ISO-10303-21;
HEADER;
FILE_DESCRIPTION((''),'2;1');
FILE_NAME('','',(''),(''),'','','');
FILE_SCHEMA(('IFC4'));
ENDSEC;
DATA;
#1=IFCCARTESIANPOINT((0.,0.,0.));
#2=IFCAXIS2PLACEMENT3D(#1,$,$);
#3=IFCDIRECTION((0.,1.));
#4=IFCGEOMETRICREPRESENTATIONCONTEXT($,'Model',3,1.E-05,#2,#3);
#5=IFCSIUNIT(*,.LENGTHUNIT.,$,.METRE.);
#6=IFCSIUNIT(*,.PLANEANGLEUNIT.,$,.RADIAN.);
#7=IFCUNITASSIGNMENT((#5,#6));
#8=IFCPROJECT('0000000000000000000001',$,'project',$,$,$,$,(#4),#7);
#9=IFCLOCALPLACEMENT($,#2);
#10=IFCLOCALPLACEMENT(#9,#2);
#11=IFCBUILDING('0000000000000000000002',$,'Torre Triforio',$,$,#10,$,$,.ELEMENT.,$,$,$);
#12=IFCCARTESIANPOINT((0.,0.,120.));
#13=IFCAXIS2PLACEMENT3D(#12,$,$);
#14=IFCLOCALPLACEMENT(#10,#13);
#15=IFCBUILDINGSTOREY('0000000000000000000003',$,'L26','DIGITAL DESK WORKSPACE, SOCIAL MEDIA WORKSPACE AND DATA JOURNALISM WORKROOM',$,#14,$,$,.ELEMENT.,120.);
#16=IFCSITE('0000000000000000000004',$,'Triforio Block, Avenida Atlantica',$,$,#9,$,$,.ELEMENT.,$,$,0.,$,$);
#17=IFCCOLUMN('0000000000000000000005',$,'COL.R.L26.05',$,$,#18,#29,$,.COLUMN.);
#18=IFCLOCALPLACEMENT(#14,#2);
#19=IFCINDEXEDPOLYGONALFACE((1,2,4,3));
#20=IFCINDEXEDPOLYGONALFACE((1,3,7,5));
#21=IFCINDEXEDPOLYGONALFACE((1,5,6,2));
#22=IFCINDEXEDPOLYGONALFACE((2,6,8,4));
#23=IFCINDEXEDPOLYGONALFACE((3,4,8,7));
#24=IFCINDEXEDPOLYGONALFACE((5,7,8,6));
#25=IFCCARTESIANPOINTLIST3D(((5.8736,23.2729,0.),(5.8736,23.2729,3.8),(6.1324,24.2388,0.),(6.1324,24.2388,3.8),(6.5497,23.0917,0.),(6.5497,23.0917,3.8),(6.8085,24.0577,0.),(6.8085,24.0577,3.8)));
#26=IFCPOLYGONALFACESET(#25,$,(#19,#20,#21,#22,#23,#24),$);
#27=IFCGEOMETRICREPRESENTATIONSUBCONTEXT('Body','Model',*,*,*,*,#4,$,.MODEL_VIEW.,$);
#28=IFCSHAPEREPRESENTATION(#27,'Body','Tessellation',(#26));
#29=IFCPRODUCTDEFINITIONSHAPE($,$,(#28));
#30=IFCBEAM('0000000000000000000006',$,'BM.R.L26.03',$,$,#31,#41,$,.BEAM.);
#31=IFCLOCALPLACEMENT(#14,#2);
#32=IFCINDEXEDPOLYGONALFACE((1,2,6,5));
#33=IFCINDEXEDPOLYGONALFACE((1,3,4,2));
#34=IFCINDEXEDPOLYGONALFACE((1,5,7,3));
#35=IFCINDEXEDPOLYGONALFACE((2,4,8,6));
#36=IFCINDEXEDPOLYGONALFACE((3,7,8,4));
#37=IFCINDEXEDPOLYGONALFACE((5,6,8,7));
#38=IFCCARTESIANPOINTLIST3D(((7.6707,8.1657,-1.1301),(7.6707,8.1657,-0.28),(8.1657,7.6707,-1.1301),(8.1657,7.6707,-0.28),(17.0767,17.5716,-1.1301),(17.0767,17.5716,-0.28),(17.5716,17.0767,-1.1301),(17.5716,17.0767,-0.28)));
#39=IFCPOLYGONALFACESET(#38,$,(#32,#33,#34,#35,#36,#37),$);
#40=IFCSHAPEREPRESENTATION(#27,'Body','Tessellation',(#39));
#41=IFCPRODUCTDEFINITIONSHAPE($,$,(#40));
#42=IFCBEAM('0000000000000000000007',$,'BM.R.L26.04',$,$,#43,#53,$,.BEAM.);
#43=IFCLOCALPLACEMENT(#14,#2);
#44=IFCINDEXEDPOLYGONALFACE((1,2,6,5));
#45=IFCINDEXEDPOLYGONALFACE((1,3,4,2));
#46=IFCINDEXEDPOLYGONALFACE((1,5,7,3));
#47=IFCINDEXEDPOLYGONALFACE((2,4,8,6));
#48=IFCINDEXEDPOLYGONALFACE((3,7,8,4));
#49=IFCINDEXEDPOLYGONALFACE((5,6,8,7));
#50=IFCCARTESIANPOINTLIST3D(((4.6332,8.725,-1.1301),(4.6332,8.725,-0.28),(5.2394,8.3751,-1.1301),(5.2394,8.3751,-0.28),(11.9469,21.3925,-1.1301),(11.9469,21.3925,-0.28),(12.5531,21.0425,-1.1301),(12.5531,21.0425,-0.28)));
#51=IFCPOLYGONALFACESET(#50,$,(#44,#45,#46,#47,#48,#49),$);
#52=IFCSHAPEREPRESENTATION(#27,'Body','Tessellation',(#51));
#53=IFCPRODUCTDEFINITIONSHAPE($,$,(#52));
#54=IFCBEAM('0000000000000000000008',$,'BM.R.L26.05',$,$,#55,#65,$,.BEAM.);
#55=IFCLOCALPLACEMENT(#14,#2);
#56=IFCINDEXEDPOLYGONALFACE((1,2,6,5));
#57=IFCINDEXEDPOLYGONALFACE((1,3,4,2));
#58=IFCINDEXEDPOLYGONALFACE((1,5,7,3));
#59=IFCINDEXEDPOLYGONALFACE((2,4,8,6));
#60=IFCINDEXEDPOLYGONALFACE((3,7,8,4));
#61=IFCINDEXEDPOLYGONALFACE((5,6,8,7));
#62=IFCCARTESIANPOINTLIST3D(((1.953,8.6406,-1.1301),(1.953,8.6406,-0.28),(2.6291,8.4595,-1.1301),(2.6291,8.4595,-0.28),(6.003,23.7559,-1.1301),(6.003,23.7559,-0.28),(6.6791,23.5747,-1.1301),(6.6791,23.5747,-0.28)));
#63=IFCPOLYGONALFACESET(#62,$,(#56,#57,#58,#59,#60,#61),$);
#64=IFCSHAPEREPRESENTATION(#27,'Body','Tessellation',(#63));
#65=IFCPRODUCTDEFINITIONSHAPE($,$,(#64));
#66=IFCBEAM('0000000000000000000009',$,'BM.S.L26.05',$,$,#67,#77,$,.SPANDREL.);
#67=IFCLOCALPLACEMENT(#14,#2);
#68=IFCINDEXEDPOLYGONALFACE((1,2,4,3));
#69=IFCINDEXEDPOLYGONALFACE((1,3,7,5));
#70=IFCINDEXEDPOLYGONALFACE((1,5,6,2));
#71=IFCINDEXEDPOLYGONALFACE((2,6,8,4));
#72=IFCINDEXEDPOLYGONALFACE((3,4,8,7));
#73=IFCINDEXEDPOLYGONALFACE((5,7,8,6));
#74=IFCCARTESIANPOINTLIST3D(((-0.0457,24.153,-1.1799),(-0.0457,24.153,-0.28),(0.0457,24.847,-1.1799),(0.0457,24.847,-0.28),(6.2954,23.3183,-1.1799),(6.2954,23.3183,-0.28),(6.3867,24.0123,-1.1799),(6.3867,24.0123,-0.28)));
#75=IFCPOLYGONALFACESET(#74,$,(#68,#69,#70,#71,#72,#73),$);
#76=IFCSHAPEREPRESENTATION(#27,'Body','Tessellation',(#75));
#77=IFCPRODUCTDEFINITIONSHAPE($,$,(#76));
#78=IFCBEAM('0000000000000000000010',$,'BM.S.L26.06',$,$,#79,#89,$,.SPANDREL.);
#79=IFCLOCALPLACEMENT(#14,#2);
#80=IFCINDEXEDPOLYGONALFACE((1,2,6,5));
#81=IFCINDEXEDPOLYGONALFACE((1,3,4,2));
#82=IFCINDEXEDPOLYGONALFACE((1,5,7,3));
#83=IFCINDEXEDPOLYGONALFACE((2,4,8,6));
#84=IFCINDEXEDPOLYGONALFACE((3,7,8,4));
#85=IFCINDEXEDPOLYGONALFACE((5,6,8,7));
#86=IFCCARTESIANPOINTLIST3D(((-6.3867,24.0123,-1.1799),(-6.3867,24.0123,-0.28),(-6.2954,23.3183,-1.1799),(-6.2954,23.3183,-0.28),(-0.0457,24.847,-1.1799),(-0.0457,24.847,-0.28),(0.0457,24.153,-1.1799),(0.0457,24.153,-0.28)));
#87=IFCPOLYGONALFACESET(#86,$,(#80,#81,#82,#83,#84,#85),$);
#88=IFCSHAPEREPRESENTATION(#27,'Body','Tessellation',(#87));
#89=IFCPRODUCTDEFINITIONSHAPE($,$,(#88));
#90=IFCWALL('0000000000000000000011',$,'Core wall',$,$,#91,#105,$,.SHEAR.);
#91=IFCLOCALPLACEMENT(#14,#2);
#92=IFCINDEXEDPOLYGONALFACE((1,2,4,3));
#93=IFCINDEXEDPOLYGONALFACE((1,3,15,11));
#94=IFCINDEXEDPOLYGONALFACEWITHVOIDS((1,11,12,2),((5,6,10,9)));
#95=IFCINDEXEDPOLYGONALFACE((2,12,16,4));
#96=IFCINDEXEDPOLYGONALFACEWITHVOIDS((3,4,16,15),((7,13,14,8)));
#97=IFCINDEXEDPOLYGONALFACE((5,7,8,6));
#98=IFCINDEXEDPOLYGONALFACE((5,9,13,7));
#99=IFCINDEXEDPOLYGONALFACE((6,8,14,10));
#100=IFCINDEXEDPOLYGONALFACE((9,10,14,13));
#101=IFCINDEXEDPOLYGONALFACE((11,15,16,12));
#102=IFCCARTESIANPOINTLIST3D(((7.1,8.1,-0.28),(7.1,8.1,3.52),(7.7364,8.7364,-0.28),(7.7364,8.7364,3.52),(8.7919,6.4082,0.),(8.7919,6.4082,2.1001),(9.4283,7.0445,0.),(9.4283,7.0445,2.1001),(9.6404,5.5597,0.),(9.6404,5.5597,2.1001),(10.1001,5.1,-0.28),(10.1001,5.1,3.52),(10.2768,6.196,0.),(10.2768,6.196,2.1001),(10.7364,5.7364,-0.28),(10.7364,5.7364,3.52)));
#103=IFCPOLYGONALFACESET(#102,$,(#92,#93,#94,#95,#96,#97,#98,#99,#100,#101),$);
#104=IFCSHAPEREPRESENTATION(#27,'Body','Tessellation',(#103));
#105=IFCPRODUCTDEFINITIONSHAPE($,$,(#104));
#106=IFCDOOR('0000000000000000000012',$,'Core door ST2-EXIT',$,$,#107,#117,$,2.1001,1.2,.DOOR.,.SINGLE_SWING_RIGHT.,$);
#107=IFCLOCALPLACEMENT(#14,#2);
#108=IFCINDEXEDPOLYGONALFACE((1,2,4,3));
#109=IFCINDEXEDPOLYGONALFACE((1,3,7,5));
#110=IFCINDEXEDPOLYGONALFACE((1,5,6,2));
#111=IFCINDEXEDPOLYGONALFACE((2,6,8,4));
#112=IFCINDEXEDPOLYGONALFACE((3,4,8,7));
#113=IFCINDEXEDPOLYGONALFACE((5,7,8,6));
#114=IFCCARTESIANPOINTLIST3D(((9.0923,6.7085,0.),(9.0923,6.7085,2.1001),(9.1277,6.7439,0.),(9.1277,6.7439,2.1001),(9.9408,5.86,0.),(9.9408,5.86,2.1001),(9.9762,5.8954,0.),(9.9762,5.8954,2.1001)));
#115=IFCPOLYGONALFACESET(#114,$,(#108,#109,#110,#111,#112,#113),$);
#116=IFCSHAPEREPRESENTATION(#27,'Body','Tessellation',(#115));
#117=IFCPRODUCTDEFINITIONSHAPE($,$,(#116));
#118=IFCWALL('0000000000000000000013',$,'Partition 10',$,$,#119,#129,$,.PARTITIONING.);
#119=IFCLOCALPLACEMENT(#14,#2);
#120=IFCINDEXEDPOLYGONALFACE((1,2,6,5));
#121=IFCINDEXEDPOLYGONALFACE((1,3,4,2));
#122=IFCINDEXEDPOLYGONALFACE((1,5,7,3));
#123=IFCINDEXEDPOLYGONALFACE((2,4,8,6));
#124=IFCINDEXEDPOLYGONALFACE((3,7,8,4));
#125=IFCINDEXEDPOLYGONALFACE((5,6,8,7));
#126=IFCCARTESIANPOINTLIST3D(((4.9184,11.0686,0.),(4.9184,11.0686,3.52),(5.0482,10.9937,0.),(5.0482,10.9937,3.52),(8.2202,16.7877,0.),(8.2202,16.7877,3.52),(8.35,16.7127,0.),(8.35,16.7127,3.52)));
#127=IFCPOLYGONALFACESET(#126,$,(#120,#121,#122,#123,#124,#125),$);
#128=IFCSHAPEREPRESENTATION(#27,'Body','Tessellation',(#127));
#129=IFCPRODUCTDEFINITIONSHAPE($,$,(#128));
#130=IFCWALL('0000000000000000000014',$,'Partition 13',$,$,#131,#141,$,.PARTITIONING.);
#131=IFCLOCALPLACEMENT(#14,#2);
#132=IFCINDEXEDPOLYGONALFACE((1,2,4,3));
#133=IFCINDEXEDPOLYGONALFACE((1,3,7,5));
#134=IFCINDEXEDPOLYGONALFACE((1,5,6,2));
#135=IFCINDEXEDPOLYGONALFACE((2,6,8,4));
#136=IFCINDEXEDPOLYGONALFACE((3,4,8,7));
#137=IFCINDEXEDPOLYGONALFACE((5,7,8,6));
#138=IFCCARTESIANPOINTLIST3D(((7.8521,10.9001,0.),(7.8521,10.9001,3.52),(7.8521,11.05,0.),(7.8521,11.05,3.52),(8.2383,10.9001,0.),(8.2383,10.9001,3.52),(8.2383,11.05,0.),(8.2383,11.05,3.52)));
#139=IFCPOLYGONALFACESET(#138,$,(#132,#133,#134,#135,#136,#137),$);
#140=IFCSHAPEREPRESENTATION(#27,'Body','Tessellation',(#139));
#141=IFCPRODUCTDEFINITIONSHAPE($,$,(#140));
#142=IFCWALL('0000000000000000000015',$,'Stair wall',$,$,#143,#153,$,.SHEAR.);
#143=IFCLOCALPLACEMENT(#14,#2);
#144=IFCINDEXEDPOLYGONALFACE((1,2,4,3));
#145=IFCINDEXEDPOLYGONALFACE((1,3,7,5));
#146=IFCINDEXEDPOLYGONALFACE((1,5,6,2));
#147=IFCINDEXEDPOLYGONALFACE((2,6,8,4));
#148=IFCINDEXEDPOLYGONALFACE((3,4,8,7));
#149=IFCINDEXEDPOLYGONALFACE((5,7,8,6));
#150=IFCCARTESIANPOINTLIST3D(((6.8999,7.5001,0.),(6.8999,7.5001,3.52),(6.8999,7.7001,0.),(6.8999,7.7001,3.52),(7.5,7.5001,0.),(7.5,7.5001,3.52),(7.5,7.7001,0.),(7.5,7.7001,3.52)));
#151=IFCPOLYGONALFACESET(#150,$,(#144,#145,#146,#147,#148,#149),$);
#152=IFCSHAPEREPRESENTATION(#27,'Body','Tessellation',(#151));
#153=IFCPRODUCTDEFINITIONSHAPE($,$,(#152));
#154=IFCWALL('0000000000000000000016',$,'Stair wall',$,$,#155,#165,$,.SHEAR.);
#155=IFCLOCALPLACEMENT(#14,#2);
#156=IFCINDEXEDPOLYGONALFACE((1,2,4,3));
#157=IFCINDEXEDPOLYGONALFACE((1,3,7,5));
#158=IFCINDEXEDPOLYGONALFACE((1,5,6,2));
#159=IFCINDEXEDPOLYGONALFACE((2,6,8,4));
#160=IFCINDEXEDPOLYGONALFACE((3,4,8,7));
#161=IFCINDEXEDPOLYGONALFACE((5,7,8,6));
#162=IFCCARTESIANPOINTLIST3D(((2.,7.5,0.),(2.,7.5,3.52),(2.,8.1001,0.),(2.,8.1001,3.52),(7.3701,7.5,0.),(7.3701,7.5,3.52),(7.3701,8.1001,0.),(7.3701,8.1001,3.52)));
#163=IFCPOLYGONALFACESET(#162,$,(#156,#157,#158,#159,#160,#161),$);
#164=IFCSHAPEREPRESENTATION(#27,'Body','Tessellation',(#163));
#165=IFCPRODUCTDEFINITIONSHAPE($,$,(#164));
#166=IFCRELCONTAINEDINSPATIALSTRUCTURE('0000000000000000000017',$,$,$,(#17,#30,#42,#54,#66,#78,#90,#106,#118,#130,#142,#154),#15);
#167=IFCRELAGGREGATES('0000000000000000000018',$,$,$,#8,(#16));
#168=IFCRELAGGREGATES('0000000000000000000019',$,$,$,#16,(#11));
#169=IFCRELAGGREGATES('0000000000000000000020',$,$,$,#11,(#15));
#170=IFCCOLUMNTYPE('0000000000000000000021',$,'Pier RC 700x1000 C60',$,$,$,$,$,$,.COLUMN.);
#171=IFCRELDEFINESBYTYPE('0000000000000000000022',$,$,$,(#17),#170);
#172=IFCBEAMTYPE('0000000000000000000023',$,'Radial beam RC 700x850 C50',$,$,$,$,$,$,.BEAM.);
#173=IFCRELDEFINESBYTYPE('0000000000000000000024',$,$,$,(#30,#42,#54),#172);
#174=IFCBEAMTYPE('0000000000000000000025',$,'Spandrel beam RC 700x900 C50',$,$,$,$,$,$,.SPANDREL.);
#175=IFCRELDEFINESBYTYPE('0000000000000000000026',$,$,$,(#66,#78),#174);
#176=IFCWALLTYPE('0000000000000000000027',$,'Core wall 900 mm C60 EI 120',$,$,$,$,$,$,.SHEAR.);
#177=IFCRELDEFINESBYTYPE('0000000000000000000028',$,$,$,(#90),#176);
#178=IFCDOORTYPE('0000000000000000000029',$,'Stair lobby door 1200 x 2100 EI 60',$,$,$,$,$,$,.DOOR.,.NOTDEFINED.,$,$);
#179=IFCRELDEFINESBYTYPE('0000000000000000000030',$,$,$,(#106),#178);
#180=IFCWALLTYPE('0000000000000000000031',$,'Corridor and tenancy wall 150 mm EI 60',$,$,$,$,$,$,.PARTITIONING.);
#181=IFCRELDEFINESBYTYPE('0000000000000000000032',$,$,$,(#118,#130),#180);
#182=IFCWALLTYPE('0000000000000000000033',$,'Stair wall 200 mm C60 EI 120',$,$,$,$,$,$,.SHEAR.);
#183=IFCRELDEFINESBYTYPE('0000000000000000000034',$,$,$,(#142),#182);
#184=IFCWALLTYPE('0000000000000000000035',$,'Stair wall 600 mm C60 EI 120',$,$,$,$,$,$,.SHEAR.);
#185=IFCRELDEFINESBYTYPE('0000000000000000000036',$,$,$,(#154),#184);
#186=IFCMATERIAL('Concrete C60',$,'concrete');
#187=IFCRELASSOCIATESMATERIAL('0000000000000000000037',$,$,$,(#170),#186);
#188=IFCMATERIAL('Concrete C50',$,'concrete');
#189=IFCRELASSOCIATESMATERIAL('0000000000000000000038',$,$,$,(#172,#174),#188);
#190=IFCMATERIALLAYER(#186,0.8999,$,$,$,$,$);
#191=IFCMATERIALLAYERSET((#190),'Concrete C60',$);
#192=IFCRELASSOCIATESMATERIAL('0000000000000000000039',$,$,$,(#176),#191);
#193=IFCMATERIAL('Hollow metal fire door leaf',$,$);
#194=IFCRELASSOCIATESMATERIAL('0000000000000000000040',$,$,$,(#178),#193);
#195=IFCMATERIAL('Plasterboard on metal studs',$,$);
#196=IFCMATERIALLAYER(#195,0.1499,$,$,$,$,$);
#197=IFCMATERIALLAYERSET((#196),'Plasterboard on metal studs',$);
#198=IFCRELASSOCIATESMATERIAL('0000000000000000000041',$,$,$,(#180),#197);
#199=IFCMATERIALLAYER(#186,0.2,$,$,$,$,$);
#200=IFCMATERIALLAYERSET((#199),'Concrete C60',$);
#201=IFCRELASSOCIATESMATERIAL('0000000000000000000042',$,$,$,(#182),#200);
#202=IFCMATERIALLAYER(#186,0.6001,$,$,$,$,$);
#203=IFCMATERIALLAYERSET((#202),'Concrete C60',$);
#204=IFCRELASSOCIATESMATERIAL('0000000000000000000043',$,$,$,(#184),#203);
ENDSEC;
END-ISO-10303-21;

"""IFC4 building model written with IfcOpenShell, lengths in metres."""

from ifc_helpers import new_model, si_unit, direction, frame, frame_2d, origin, origin_2d, place, context, subcontext, project, spatial, rectangle, extrude, material, layer, layer_set, material_profile, profile_set, type_object, element, fill, save


model = new_model("IFC4")

# Units and contexts
model_context = context("Model", 3, precision=1e-05, world=origin(), true_north=direction((0.0, 1.0)))
body_context = subcontext(model_context, "Body", "Model", "MODEL_VIEW")
ifc_project = project(units=[si_unit("LENGTHUNIT", "METRE"), si_unit("PLANEANGLEUNIT", "RADIAN")], contexts=[model_context])

# Site, building, storey
site_placement = place(None, origin())
site = spatial("IfcSite", under=ifc_project, at=site_placement, Name="Triforio Block, Avenida Atlantica", CompositionType="ELEMENT", RefElevation=0.0)
building_placement = place(site_placement, origin())
building = spatial("IfcBuilding", under=site, at=building_placement, Name="Torre Triforio", CompositionType="ELEMENT")
storey_placement = place(building_placement, frame((0.0, 0.0, 120.0)))
storey = spatial("IfcBuildingStorey", under=building, at=storey_placement, Name="L26", Description="DIGITAL DESK WORKSPACE, SOCIAL MEDIA WORKSPACE AND DATA JOURNALISM WORKROOM", CompositionType="ELEMENT", Elevation=120.0)

# Column
ifc_material_1 = material(Name="Concrete C60", Category="concrete")
ifc_material_profile_1 = material_profile(ifc_material_1, rectangle(XDim=0.7, YDim=1.0, at=origin_2d()), Name="RC 700x1000")
ifc_profile_set_1 = profile_set([ifc_material_profile_1], Name="Concrete C60")
column_type = type_object("IfcColumnType", Name="Pier RC 700x1000 C60", PredefinedType="COLUMN", material=ifc_profile_set_1)
column_placement = place(storey_placement, frame((6.3411, 23.6653, 0.0), z_axis=(0.0, 0.0, 1.0), x_axis=(-0.965926, 0.258819, 0.0)))
element("IfcColumn", 1, at=column_placement, inside=storey, type_object=column_type, Name="COL.R.L26.05", PredefinedType="COLUMN", context=body_context, shape_type="SweptSolid", body=[
    extrude(rectangle(XDim=0.7, YDim=1.0, at=origin_2d()), origin(), (0.0, 0.0, 1.0), 3.8),
])

# Beams
ifc_material_2 = material(Name="Concrete C50", Category="concrete")
ifc_material_profile_2 = material_profile(ifc_material_2, rectangle(XDim=0.7, YDim=0.8501, at=origin_2d()), Name="RC 700x850")
ifc_profile_set_2 = profile_set([ifc_material_profile_2], Name="Concrete C50")
beam_type_1 = type_object("IfcBeamType", Name="Radial beam RC 700x850 C50", PredefinedType="BEAM", material=ifc_profile_set_2)
beam_1_placement = place(storey_placement, frame((7.9182, 7.9182, -0.7051), z_axis=(0.707107, 0.707107, 0.0), x_axis=(-0.707107, 0.707107, 0.0)))
element("IfcBeam", 2, at=beam_1_placement, inside=storey, type_object=beam_type_1, Name="BM.R.L26.03", PredefinedType="BEAM", context=body_context, shape_type="SweptSolid", body=[
    extrude(rectangle(XDim=0.7, YDim=0.8501, at=origin_2d()), origin(), (0.0, 0.0, 1.0), 13.302),
])
beam_2_placement = place(storey_placement, frame((4.9363, 8.55, -0.7051), z_axis=(0.500008, 0.866021, 0.0), x_axis=(-0.866021, 0.500008, 0.0)))
element("IfcBeam", 3, at=beam_2_placement, inside=storey, type_object=beam_type_1, Name="BM.R.L26.04", PredefinedType="BEAM", context=body_context, shape_type="SweptSolid", body=[
    extrude(rectangle(XDim=0.7, YDim=0.8501, at=origin_2d()), origin(), (0.0, 0.0, 1.0), 14.6272),
])
beam_3_placement = place(storey_placement, frame((2.291, 8.55, -0.7051), z_axis=(0.258815, 0.965927, 0.0), x_axis=(-0.965927, 0.258815, 0.0)))
element("IfcBeam", 4, at=beam_3_placement, inside=storey, type_object=beam_type_1, Name="BM.R.L26.05", PredefinedType="BEAM", context=body_context, shape_type="SweptSolid", body=[
    extrude(rectangle(XDim=0.7, YDim=0.8501, at=origin_2d()), origin(), (0.0, 0.0, 1.0), 15.6484),
])
ifc_material_profile_3 = material_profile(ifc_material_2, rectangle(XDim=0.7, YDim=0.8999, at=origin_2d()), Name="RC 700x900")
ifc_profile_set_3 = profile_set([ifc_material_profile_3], Name="Concrete C50")
beam_type_2 = type_object("IfcBeamType", Name="Spandrel beam RC 700x900 C50", PredefinedType="SPANDREL", material=ifc_profile_set_3)
for number, where, z_axis, x_axis, name in (
    (5, (6.3411, 23.6653, -0.73), (-0.991447, 0.130511, 0.0), (-0.130511, -0.991447, 0.0), "BM.S.L26.05"),
    (6, (0.0, 24.5, -0.73), (-0.991447, -0.130511, 0.0), (0.130511, -0.991447, 0.0), "BM.S.L26.06"),
):
    element("IfcBeam", number, at=place(storey_placement, frame(where, z_axis=z_axis, x_axis=x_axis)), inside=storey, type_object=beam_type_2, Name=name, PredefinedType="SPANDREL", context=body_context, shape_type="SweptSolid", body=[
        extrude(rectangle(XDim=0.7, YDim=0.8999, at=origin_2d()), origin(), (0.0, 0.0, 1.0), 6.3958),
    ])

# Wall, opening, door
ifc_layer_1 = layer(ifc_material_1, 0.8999)
ifc_layer_set_1 = layer_set([ifc_layer_1], Name="Concrete C60")
wall_type_1 = type_object("IfcWallType", Name="Core wall 900 mm C60 EI 120", PredefinedType="SHEAR", material=ifc_layer_set_1)
wall_1_placement = place(storey_placement, frame((7.4182, 8.4182, -0.28), z_axis=(0.0, 0.0, 1.0), x_axis=(0.707107, -0.707107, 0.0)))
wall_1 = element("IfcWall", 7, at=wall_1_placement, inside=storey, type_object=wall_type_1, Name="Core wall", PredefinedType="SHEAR", context=body_context, shape_type="SweptSolid", body=[
    extrude(rectangle(XDim=4.2427, YDim=0.8999, at=frame_2d((2.1213, 0.0))), origin(), (0.0, 0.0, 1.0), 3.8),
])
opening_1_placement = place(wall_1_placement, frame((2.3926, 0.0, 0.28)))
opening_1 = element("IfcOpeningElement", 8, at=opening_1_placement, cuts=wall_1, PredefinedType="OPENING", context=body_context, shape_type="SweptSolid", body=[
    extrude(rectangle(XDim=1.2, YDim=2.1001, at=frame_2d((0.6001, 1.05))), frame((0.0, 0.46, 0.0), z_axis=(0.0, -1.0, 0.0), x_axis=(1.0, 0.0, 0.0)), (0.0, 0.0, 1.0), 0.9199),
])
ifc_material_3 = material(Name="Hollow metal fire door leaf")
door_type_1 = type_object("IfcDoorType", Name="Stair lobby door 1200 x 2100 EI 60", OperationType="NOTDEFINED", PredefinedType="DOOR", material=ifc_material_3)
door_1_placement = place(opening_1_placement, origin())
door_1 = element("IfcDoor", 9, at=door_1_placement, inside=storey, type_object=door_type_1, Name="Core door ST2-EXIT", OperationType="SINGLE_SWING_RIGHT", OverallHeight=2.1001, OverallWidth=1.2, PredefinedType="DOOR", context=body_context, shape_type="SweptSolid", body=[
    extrude(rectangle(XDim=1.2, YDim=2.1001, at=frame_2d((0.6001, 1.05))), frame((0.0, 0.0249, 0.0), z_axis=(0.0, -1.0, 0.0), x_axis=(1.0, 0.0, 0.0)), (0.0, 0.0, 1.0), 0.05),
])
fill(opening_1, door_1)

# Walls
ifc_material_4 = material(Name="Plasterboard on metal studs")
ifc_layer_2 = layer(ifc_material_4, 0.1499)
ifc_layer_set_2 = layer_set([ifc_layer_2], Name="Plasterboard on metal studs")
wall_type_2 = type_object("IfcWallType", Name="Corridor and tenancy wall 150 mm EI 60", PredefinedType="PARTITIONING", material=ifc_layer_set_2)
wall_2_placement = place(storey_placement, frame((4.9834, 11.0312, 0.0), z_axis=(0.0, 0.0, 1.0), x_axis=(0.499988, 0.866032, 0.0)))
element("IfcWall", 10, at=wall_2_placement, inside=storey, type_object=wall_type_2, Name="Partition 10", PredefinedType="PARTITIONING", context=body_context, shape_type="SweptSolid", body=[
    extrude(rectangle(XDim=6.6038, YDim=0.1499, at=frame_2d((3.3018, 0.0))), origin(), (0.0, 0.0, 1.0), 3.52),
])
wall_3_placement = place(storey_placement, frame((7.8521, 10.9751, 0.0), z_axis=(0.0, 0.0, 1.0), x_axis=(1.0, 0.0, 0.0)))
element("IfcWall", 11, at=wall_3_placement, inside=storey, type_object=wall_type_2, Name="Partition 13", PredefinedType="PARTITIONING", context=body_context, shape_type="SweptSolid", body=[
    extrude(rectangle(XDim=0.3862, YDim=0.1499, at=frame_2d((0.1931, 0.0))), origin(), (0.0, 0.0, 1.0), 3.52),
])
ifc_layer_3 = layer(ifc_material_1, 0.2)
ifc_layer_set_3 = layer_set([ifc_layer_3], Name="Concrete C60")
wall_type_3 = type_object("IfcWallType", Name="Stair wall 200 mm C60 EI 120", PredefinedType="SHEAR", material=ifc_layer_set_3)
wall_4_placement = place(storey_placement, frame((6.8999, 7.6001, 0.0), z_axis=(0.0, 0.0, 1.0), x_axis=(1.0, 0.0, 0.0)))
element("IfcWall", 12, at=wall_4_placement, inside=storey, type_object=wall_type_3, Name="Stair wall", PredefinedType="SHEAR", context=body_context, shape_type="SweptSolid", body=[
    extrude(rectangle(XDim=0.6001, YDim=0.2, at=frame_2d((0.3, 0.0))), origin(), (0.0, 0.0, 1.0), 3.52),
])
ifc_layer_4 = layer(ifc_material_1, 0.6001)
ifc_layer_set_4 = layer_set([ifc_layer_4], Name="Concrete C60")
wall_type_4 = type_object("IfcWallType", Name="Stair wall 600 mm C60 EI 120", PredefinedType="SHEAR", material=ifc_layer_set_4)
wall_5_placement = place(storey_placement, frame((2.0, 7.8, 0.0), z_axis=(0.0, 0.0, 1.0), x_axis=(1.0, 0.0, 0.0)))
element("IfcWall", 13, at=wall_5_placement, inside=storey, type_object=wall_type_4, Name="Stair wall", PredefinedType="SHEAR", context=body_context, shape_type="SweptSolid", body=[
    extrude(rectangle(XDim=5.3701, YDim=0.6001, at=frame_2d((2.6851, 0.0))), origin(), (0.0, 0.0, 1.0), 3.52),
])

save(model, "model.ifc")
